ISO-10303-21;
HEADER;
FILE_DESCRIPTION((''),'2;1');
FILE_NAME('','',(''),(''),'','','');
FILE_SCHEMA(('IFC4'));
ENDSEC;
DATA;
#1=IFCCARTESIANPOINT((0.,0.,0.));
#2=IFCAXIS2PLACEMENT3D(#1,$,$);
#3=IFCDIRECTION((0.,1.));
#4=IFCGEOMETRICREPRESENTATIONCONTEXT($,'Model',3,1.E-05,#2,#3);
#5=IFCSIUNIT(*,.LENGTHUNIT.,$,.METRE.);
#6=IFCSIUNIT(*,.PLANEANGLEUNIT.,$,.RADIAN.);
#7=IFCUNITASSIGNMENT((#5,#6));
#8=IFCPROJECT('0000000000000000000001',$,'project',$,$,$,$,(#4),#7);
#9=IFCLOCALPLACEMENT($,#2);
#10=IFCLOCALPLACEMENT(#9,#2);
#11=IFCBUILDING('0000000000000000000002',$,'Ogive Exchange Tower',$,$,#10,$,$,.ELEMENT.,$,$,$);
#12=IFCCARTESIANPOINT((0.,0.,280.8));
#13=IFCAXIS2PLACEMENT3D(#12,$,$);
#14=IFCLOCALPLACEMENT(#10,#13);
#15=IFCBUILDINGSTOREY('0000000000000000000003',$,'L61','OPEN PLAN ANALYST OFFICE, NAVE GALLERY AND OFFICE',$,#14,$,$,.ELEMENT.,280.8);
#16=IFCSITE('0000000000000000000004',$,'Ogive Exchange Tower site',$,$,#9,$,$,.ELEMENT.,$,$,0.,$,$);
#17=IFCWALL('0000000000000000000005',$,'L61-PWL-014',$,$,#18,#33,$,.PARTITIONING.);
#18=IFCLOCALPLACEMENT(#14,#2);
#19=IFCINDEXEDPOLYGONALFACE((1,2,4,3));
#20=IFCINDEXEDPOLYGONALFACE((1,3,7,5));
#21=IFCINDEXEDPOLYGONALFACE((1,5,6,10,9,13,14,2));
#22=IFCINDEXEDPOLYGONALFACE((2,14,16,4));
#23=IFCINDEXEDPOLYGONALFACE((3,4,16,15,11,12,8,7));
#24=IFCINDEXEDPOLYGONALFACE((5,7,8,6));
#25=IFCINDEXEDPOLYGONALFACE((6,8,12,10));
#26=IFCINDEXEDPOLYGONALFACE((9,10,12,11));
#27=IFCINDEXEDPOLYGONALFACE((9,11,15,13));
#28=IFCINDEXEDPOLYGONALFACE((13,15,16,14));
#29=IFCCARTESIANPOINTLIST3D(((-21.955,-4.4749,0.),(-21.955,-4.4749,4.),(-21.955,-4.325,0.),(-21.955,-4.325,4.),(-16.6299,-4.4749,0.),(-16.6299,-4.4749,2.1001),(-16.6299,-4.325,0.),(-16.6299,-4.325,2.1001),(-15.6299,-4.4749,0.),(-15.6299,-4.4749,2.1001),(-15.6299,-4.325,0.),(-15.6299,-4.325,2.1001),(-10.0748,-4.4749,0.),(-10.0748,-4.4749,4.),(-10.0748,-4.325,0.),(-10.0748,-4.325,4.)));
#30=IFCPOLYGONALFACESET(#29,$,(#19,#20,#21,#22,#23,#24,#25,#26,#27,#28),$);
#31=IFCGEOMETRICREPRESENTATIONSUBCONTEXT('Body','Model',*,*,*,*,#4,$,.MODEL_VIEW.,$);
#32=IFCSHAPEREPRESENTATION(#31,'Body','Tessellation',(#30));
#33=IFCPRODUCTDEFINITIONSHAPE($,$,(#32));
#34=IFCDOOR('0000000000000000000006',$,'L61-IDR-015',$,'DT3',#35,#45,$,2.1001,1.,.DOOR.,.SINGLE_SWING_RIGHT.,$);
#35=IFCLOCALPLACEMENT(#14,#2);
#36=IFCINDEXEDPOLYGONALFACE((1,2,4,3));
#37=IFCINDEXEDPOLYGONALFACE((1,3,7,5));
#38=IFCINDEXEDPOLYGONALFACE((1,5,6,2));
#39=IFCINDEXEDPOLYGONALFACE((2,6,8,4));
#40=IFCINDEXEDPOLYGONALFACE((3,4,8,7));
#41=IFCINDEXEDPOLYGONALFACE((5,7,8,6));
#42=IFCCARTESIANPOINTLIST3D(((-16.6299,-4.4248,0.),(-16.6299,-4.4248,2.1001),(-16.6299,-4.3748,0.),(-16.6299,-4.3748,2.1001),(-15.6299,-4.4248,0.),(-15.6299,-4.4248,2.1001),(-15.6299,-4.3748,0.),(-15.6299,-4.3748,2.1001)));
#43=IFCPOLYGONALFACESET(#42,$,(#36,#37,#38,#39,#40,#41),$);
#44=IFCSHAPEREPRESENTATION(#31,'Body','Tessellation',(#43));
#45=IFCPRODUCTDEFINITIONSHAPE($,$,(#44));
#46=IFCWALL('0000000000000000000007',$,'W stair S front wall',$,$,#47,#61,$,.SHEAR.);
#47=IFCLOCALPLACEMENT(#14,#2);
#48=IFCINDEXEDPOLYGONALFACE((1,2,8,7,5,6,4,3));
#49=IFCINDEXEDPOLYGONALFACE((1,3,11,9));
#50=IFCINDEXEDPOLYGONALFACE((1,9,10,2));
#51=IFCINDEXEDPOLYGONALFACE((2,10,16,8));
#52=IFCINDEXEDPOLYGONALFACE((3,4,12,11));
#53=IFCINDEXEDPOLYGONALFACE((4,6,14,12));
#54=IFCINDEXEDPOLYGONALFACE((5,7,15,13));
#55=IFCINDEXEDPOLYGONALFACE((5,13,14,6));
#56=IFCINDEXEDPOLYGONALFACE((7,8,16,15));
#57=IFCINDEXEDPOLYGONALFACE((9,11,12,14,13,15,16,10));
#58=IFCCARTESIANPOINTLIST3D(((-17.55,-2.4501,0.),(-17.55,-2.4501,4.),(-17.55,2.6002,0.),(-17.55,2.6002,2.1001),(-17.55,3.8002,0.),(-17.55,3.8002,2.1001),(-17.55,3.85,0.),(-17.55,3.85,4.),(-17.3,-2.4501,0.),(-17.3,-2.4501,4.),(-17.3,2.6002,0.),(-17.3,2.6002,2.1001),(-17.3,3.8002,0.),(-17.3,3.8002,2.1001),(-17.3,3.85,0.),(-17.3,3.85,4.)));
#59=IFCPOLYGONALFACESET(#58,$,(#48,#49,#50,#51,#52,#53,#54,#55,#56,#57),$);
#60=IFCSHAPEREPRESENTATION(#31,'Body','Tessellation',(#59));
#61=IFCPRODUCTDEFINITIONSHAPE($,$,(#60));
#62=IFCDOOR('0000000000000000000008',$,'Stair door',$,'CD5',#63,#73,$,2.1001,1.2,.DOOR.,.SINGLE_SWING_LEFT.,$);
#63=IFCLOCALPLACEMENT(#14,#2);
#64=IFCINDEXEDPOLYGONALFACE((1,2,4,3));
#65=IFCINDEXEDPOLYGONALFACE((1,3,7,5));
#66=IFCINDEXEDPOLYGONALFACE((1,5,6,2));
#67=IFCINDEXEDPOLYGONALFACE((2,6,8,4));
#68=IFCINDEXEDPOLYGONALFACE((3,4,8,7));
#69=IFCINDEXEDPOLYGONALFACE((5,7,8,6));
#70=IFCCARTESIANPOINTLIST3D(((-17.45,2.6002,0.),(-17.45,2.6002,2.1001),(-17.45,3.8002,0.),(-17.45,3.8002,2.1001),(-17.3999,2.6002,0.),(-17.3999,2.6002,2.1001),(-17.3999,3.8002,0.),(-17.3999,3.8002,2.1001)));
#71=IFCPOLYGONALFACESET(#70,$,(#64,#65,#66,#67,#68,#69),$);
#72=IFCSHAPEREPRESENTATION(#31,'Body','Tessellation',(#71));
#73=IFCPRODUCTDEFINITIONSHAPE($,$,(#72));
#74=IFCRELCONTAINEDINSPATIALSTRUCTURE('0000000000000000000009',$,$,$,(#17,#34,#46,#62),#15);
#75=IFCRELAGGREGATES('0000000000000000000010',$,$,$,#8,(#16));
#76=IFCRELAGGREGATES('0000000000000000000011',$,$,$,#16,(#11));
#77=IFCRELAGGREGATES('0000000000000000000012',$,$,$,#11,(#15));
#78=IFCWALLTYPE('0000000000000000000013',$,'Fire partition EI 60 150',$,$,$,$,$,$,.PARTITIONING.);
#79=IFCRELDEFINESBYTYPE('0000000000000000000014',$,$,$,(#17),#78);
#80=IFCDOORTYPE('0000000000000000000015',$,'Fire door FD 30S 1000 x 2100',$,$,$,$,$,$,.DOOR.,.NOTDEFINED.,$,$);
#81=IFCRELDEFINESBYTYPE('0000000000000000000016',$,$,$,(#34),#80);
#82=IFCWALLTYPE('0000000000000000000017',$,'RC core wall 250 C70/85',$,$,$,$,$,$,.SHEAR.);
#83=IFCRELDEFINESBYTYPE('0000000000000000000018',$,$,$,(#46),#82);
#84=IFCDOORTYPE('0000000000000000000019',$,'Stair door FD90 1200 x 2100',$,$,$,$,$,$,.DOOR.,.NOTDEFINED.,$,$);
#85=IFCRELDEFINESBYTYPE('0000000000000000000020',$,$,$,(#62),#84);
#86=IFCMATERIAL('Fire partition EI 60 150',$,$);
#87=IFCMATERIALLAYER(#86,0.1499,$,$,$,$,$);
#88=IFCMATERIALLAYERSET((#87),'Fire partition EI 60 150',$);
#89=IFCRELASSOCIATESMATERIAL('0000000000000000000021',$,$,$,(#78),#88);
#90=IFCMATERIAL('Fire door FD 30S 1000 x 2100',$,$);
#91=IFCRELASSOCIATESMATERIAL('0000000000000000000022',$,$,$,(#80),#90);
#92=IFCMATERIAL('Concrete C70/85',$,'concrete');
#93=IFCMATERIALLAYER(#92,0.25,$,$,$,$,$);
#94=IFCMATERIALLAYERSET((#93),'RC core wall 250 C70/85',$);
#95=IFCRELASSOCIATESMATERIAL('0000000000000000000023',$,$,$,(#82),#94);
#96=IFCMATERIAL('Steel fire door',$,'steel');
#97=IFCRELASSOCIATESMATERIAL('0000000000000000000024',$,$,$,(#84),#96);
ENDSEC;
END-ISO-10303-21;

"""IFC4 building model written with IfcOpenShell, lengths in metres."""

from ifc_helpers import new_model, si_unit, direction, frame, frame_2d, origin, place, context, subcontext, project, spatial, rectangle, extrude, material, layer, layer_set, type_object, element, fill, save


model = new_model("IFC4")

# Units and contexts
model_context = context("Model", 3, precision=1e-05, world=origin(), true_north=direction((0.0, 1.0)))
body_context = subcontext(model_context, "Body", "Model", "MODEL_VIEW")
ifc_project = project(units=[si_unit("LENGTHUNIT", "METRE"), si_unit("PLANEANGLEUNIT", "RADIAN")], contexts=[model_context])

# Site, building, storey
site_placement = place(None, origin())
site = spatial("IfcSite", under=ifc_project, at=site_placement, Name="Ogive Exchange Tower site", CompositionType="ELEMENT", RefElevation=0.0)
building_placement = place(site_placement, origin())
building = spatial("IfcBuilding", under=site, at=building_placement, Name="Ogive Exchange Tower", CompositionType="ELEMENT")
storey_placement = place(building_placement, frame((0.0, 0.0, 280.8)))
storey = spatial("IfcBuildingStorey", under=building, at=storey_placement, Name="L61", Description="OPEN PLAN ANALYST OFFICE, NAVE GALLERY AND OFFICE", CompositionType="ELEMENT", Elevation=280.8)

# Shared definitions
ifc_material_1 = material(Name="Fire partition EI 60 150")
ifc_layer_1 = layer(ifc_material_1, 0.1499)
ifc_layer_set_1 = layer_set([ifc_layer_1], Name="Fire partition EI 60 150")
wall_type_1 = type_object("IfcWallType", Name="Fire partition EI 60 150", PredefinedType="PARTITIONING", material=ifc_layer_set_1)

# Walls, openings, doors
wall_1_placement = place(storey_placement, frame((-10.075, -4.3999, 0.0), z_axis=(0.0, 0.0, 1.0), x_axis=(-1.0, 0.0, 0.0)))
wall_1 = element("IfcWall", 1, at=wall_1_placement, inside=storey, type_object=wall_type_1, Name="L61-PWL-014", PredefinedType="PARTITIONING", context=body_context, shape_type="SweptSolid", body=[
    extrude(rectangle(XDim=11.8801, YDim=0.1499, at=frame_2d((5.9399, 0.0))), origin(), (0.0, 0.0, 1.0), 4.0),
])
opening_1_placement = place(wall_1_placement, frame((5.5549, 0.0, 0.0)))
opening_1 = element("IfcOpeningElement", 2, at=opening_1_placement, cuts=wall_1, PredefinedType="OPENING", context=body_context, shape_type="SweptSolid", body=[
    extrude(rectangle(XDim=1.0, YDim=2.1001, at=frame_2d((0.5, 1.05))), frame((0.0, 0.085, 0.0), z_axis=(0.0, -1.0, 0.0), x_axis=(1.0, 0.0, 0.0)), (0.0, 0.0, 1.0), 0.1699),
])
ifc_material_2 = material(Name="Fire door FD 30S 1000 x 2100")
door_type_1 = type_object("IfcDoorType", Name="Fire door FD 30S 1000 x 2100", OperationType="NOTDEFINED", PredefinedType="DOOR", material=ifc_material_2)
door_1_placement = place(opening_1_placement, origin())
door_1 = element("IfcDoor", 3, at=door_1_placement, inside=storey, type_object=door_type_1, Name="L61-IDR-015", ObjectType="DT3", OperationType="SINGLE_SWING_RIGHT", OverallHeight=2.1001, OverallWidth=1.0, PredefinedType="DOOR", context=body_context, shape_type="SweptSolid", body=[
    extrude(rectangle(XDim=1.0, YDim=2.1001, at=frame_2d((0.5, 1.05))), frame((0.0, 0.0249, 0.0), z_axis=(0.0, -1.0, 0.0), x_axis=(1.0, 0.0, 0.0)), (0.0, 0.0, 1.0), 0.05),
])
fill(opening_1, door_1)
ifc_material_3 = material(Name="Concrete C70/85", Category="concrete")
ifc_layer_2 = layer(ifc_material_3, 0.25)
ifc_layer_set_2 = layer_set([ifc_layer_2], Name="RC core wall 250 C70/85")
wall_type_2 = type_object("IfcWallType", Name="RC core wall 250 C70/85", PredefinedType="SHEAR", material=ifc_layer_set_2)
wall_2_placement = place(storey_placement, frame((-17.425, -2.45, 0.0), z_axis=(0.0, 0.0, 1.0), x_axis=(0.0, 1.0, 0.0)))
wall_2 = element("IfcWall", 4, at=wall_2_placement, inside=storey, type_object=wall_type_2, Name="W stair S front wall", PredefinedType="SHEAR", context=body_context, shape_type="SweptSolid", body=[
    extrude(rectangle(XDim=6.3, YDim=0.25, at=frame_2d((3.1499, 0.0))), origin(), (0.0, 0.0, 1.0), 4.0),
])
opening_2_placement = place(wall_2_placement, frame((5.05, 0.0, 0.0)))
opening_2 = element("IfcOpeningElement", 5, at=opening_2_placement, cuts=wall_2, PredefinedType="OPENING", context=body_context, shape_type="SweptSolid", body=[
    extrude(rectangle(XDim=1.2, YDim=2.1001, at=frame_2d((0.6001, 1.05))), frame((0.0, 0.135, 0.0), z_axis=(0.0, -1.0, 0.0), x_axis=(1.0, 0.0, 0.0)), (0.0, 0.0, 1.0), 0.27),
])
ifc_material_4 = material(Name="Steel fire door", Category="steel")
door_type_2 = type_object("IfcDoorType", Name="Stair door FD90 1200 x 2100", OperationType="NOTDEFINED", PredefinedType="DOOR", material=ifc_material_4)
door_2_placement = place(opening_2_placement, origin())
door_2 = element("IfcDoor", 6, at=door_2_placement, inside=storey, type_object=door_type_2, Name="Stair door", ObjectType="CD5", OperationType="SINGLE_SWING_LEFT", OverallHeight=2.1001, OverallWidth=1.2, PredefinedType="DOOR", context=body_context, shape_type="SweptSolid", body=[
    extrude(rectangle(XDim=1.2, YDim=2.1001, at=frame_2d((0.6001, 1.05))), frame((0.0, 0.0249, 0.0), z_axis=(0.0, -1.0, 0.0), x_axis=(1.0, 0.0, 0.0)), (0.0, 0.0, 1.0), 0.05),
])
fill(opening_2, door_2)

save(model, "model.ifc")
